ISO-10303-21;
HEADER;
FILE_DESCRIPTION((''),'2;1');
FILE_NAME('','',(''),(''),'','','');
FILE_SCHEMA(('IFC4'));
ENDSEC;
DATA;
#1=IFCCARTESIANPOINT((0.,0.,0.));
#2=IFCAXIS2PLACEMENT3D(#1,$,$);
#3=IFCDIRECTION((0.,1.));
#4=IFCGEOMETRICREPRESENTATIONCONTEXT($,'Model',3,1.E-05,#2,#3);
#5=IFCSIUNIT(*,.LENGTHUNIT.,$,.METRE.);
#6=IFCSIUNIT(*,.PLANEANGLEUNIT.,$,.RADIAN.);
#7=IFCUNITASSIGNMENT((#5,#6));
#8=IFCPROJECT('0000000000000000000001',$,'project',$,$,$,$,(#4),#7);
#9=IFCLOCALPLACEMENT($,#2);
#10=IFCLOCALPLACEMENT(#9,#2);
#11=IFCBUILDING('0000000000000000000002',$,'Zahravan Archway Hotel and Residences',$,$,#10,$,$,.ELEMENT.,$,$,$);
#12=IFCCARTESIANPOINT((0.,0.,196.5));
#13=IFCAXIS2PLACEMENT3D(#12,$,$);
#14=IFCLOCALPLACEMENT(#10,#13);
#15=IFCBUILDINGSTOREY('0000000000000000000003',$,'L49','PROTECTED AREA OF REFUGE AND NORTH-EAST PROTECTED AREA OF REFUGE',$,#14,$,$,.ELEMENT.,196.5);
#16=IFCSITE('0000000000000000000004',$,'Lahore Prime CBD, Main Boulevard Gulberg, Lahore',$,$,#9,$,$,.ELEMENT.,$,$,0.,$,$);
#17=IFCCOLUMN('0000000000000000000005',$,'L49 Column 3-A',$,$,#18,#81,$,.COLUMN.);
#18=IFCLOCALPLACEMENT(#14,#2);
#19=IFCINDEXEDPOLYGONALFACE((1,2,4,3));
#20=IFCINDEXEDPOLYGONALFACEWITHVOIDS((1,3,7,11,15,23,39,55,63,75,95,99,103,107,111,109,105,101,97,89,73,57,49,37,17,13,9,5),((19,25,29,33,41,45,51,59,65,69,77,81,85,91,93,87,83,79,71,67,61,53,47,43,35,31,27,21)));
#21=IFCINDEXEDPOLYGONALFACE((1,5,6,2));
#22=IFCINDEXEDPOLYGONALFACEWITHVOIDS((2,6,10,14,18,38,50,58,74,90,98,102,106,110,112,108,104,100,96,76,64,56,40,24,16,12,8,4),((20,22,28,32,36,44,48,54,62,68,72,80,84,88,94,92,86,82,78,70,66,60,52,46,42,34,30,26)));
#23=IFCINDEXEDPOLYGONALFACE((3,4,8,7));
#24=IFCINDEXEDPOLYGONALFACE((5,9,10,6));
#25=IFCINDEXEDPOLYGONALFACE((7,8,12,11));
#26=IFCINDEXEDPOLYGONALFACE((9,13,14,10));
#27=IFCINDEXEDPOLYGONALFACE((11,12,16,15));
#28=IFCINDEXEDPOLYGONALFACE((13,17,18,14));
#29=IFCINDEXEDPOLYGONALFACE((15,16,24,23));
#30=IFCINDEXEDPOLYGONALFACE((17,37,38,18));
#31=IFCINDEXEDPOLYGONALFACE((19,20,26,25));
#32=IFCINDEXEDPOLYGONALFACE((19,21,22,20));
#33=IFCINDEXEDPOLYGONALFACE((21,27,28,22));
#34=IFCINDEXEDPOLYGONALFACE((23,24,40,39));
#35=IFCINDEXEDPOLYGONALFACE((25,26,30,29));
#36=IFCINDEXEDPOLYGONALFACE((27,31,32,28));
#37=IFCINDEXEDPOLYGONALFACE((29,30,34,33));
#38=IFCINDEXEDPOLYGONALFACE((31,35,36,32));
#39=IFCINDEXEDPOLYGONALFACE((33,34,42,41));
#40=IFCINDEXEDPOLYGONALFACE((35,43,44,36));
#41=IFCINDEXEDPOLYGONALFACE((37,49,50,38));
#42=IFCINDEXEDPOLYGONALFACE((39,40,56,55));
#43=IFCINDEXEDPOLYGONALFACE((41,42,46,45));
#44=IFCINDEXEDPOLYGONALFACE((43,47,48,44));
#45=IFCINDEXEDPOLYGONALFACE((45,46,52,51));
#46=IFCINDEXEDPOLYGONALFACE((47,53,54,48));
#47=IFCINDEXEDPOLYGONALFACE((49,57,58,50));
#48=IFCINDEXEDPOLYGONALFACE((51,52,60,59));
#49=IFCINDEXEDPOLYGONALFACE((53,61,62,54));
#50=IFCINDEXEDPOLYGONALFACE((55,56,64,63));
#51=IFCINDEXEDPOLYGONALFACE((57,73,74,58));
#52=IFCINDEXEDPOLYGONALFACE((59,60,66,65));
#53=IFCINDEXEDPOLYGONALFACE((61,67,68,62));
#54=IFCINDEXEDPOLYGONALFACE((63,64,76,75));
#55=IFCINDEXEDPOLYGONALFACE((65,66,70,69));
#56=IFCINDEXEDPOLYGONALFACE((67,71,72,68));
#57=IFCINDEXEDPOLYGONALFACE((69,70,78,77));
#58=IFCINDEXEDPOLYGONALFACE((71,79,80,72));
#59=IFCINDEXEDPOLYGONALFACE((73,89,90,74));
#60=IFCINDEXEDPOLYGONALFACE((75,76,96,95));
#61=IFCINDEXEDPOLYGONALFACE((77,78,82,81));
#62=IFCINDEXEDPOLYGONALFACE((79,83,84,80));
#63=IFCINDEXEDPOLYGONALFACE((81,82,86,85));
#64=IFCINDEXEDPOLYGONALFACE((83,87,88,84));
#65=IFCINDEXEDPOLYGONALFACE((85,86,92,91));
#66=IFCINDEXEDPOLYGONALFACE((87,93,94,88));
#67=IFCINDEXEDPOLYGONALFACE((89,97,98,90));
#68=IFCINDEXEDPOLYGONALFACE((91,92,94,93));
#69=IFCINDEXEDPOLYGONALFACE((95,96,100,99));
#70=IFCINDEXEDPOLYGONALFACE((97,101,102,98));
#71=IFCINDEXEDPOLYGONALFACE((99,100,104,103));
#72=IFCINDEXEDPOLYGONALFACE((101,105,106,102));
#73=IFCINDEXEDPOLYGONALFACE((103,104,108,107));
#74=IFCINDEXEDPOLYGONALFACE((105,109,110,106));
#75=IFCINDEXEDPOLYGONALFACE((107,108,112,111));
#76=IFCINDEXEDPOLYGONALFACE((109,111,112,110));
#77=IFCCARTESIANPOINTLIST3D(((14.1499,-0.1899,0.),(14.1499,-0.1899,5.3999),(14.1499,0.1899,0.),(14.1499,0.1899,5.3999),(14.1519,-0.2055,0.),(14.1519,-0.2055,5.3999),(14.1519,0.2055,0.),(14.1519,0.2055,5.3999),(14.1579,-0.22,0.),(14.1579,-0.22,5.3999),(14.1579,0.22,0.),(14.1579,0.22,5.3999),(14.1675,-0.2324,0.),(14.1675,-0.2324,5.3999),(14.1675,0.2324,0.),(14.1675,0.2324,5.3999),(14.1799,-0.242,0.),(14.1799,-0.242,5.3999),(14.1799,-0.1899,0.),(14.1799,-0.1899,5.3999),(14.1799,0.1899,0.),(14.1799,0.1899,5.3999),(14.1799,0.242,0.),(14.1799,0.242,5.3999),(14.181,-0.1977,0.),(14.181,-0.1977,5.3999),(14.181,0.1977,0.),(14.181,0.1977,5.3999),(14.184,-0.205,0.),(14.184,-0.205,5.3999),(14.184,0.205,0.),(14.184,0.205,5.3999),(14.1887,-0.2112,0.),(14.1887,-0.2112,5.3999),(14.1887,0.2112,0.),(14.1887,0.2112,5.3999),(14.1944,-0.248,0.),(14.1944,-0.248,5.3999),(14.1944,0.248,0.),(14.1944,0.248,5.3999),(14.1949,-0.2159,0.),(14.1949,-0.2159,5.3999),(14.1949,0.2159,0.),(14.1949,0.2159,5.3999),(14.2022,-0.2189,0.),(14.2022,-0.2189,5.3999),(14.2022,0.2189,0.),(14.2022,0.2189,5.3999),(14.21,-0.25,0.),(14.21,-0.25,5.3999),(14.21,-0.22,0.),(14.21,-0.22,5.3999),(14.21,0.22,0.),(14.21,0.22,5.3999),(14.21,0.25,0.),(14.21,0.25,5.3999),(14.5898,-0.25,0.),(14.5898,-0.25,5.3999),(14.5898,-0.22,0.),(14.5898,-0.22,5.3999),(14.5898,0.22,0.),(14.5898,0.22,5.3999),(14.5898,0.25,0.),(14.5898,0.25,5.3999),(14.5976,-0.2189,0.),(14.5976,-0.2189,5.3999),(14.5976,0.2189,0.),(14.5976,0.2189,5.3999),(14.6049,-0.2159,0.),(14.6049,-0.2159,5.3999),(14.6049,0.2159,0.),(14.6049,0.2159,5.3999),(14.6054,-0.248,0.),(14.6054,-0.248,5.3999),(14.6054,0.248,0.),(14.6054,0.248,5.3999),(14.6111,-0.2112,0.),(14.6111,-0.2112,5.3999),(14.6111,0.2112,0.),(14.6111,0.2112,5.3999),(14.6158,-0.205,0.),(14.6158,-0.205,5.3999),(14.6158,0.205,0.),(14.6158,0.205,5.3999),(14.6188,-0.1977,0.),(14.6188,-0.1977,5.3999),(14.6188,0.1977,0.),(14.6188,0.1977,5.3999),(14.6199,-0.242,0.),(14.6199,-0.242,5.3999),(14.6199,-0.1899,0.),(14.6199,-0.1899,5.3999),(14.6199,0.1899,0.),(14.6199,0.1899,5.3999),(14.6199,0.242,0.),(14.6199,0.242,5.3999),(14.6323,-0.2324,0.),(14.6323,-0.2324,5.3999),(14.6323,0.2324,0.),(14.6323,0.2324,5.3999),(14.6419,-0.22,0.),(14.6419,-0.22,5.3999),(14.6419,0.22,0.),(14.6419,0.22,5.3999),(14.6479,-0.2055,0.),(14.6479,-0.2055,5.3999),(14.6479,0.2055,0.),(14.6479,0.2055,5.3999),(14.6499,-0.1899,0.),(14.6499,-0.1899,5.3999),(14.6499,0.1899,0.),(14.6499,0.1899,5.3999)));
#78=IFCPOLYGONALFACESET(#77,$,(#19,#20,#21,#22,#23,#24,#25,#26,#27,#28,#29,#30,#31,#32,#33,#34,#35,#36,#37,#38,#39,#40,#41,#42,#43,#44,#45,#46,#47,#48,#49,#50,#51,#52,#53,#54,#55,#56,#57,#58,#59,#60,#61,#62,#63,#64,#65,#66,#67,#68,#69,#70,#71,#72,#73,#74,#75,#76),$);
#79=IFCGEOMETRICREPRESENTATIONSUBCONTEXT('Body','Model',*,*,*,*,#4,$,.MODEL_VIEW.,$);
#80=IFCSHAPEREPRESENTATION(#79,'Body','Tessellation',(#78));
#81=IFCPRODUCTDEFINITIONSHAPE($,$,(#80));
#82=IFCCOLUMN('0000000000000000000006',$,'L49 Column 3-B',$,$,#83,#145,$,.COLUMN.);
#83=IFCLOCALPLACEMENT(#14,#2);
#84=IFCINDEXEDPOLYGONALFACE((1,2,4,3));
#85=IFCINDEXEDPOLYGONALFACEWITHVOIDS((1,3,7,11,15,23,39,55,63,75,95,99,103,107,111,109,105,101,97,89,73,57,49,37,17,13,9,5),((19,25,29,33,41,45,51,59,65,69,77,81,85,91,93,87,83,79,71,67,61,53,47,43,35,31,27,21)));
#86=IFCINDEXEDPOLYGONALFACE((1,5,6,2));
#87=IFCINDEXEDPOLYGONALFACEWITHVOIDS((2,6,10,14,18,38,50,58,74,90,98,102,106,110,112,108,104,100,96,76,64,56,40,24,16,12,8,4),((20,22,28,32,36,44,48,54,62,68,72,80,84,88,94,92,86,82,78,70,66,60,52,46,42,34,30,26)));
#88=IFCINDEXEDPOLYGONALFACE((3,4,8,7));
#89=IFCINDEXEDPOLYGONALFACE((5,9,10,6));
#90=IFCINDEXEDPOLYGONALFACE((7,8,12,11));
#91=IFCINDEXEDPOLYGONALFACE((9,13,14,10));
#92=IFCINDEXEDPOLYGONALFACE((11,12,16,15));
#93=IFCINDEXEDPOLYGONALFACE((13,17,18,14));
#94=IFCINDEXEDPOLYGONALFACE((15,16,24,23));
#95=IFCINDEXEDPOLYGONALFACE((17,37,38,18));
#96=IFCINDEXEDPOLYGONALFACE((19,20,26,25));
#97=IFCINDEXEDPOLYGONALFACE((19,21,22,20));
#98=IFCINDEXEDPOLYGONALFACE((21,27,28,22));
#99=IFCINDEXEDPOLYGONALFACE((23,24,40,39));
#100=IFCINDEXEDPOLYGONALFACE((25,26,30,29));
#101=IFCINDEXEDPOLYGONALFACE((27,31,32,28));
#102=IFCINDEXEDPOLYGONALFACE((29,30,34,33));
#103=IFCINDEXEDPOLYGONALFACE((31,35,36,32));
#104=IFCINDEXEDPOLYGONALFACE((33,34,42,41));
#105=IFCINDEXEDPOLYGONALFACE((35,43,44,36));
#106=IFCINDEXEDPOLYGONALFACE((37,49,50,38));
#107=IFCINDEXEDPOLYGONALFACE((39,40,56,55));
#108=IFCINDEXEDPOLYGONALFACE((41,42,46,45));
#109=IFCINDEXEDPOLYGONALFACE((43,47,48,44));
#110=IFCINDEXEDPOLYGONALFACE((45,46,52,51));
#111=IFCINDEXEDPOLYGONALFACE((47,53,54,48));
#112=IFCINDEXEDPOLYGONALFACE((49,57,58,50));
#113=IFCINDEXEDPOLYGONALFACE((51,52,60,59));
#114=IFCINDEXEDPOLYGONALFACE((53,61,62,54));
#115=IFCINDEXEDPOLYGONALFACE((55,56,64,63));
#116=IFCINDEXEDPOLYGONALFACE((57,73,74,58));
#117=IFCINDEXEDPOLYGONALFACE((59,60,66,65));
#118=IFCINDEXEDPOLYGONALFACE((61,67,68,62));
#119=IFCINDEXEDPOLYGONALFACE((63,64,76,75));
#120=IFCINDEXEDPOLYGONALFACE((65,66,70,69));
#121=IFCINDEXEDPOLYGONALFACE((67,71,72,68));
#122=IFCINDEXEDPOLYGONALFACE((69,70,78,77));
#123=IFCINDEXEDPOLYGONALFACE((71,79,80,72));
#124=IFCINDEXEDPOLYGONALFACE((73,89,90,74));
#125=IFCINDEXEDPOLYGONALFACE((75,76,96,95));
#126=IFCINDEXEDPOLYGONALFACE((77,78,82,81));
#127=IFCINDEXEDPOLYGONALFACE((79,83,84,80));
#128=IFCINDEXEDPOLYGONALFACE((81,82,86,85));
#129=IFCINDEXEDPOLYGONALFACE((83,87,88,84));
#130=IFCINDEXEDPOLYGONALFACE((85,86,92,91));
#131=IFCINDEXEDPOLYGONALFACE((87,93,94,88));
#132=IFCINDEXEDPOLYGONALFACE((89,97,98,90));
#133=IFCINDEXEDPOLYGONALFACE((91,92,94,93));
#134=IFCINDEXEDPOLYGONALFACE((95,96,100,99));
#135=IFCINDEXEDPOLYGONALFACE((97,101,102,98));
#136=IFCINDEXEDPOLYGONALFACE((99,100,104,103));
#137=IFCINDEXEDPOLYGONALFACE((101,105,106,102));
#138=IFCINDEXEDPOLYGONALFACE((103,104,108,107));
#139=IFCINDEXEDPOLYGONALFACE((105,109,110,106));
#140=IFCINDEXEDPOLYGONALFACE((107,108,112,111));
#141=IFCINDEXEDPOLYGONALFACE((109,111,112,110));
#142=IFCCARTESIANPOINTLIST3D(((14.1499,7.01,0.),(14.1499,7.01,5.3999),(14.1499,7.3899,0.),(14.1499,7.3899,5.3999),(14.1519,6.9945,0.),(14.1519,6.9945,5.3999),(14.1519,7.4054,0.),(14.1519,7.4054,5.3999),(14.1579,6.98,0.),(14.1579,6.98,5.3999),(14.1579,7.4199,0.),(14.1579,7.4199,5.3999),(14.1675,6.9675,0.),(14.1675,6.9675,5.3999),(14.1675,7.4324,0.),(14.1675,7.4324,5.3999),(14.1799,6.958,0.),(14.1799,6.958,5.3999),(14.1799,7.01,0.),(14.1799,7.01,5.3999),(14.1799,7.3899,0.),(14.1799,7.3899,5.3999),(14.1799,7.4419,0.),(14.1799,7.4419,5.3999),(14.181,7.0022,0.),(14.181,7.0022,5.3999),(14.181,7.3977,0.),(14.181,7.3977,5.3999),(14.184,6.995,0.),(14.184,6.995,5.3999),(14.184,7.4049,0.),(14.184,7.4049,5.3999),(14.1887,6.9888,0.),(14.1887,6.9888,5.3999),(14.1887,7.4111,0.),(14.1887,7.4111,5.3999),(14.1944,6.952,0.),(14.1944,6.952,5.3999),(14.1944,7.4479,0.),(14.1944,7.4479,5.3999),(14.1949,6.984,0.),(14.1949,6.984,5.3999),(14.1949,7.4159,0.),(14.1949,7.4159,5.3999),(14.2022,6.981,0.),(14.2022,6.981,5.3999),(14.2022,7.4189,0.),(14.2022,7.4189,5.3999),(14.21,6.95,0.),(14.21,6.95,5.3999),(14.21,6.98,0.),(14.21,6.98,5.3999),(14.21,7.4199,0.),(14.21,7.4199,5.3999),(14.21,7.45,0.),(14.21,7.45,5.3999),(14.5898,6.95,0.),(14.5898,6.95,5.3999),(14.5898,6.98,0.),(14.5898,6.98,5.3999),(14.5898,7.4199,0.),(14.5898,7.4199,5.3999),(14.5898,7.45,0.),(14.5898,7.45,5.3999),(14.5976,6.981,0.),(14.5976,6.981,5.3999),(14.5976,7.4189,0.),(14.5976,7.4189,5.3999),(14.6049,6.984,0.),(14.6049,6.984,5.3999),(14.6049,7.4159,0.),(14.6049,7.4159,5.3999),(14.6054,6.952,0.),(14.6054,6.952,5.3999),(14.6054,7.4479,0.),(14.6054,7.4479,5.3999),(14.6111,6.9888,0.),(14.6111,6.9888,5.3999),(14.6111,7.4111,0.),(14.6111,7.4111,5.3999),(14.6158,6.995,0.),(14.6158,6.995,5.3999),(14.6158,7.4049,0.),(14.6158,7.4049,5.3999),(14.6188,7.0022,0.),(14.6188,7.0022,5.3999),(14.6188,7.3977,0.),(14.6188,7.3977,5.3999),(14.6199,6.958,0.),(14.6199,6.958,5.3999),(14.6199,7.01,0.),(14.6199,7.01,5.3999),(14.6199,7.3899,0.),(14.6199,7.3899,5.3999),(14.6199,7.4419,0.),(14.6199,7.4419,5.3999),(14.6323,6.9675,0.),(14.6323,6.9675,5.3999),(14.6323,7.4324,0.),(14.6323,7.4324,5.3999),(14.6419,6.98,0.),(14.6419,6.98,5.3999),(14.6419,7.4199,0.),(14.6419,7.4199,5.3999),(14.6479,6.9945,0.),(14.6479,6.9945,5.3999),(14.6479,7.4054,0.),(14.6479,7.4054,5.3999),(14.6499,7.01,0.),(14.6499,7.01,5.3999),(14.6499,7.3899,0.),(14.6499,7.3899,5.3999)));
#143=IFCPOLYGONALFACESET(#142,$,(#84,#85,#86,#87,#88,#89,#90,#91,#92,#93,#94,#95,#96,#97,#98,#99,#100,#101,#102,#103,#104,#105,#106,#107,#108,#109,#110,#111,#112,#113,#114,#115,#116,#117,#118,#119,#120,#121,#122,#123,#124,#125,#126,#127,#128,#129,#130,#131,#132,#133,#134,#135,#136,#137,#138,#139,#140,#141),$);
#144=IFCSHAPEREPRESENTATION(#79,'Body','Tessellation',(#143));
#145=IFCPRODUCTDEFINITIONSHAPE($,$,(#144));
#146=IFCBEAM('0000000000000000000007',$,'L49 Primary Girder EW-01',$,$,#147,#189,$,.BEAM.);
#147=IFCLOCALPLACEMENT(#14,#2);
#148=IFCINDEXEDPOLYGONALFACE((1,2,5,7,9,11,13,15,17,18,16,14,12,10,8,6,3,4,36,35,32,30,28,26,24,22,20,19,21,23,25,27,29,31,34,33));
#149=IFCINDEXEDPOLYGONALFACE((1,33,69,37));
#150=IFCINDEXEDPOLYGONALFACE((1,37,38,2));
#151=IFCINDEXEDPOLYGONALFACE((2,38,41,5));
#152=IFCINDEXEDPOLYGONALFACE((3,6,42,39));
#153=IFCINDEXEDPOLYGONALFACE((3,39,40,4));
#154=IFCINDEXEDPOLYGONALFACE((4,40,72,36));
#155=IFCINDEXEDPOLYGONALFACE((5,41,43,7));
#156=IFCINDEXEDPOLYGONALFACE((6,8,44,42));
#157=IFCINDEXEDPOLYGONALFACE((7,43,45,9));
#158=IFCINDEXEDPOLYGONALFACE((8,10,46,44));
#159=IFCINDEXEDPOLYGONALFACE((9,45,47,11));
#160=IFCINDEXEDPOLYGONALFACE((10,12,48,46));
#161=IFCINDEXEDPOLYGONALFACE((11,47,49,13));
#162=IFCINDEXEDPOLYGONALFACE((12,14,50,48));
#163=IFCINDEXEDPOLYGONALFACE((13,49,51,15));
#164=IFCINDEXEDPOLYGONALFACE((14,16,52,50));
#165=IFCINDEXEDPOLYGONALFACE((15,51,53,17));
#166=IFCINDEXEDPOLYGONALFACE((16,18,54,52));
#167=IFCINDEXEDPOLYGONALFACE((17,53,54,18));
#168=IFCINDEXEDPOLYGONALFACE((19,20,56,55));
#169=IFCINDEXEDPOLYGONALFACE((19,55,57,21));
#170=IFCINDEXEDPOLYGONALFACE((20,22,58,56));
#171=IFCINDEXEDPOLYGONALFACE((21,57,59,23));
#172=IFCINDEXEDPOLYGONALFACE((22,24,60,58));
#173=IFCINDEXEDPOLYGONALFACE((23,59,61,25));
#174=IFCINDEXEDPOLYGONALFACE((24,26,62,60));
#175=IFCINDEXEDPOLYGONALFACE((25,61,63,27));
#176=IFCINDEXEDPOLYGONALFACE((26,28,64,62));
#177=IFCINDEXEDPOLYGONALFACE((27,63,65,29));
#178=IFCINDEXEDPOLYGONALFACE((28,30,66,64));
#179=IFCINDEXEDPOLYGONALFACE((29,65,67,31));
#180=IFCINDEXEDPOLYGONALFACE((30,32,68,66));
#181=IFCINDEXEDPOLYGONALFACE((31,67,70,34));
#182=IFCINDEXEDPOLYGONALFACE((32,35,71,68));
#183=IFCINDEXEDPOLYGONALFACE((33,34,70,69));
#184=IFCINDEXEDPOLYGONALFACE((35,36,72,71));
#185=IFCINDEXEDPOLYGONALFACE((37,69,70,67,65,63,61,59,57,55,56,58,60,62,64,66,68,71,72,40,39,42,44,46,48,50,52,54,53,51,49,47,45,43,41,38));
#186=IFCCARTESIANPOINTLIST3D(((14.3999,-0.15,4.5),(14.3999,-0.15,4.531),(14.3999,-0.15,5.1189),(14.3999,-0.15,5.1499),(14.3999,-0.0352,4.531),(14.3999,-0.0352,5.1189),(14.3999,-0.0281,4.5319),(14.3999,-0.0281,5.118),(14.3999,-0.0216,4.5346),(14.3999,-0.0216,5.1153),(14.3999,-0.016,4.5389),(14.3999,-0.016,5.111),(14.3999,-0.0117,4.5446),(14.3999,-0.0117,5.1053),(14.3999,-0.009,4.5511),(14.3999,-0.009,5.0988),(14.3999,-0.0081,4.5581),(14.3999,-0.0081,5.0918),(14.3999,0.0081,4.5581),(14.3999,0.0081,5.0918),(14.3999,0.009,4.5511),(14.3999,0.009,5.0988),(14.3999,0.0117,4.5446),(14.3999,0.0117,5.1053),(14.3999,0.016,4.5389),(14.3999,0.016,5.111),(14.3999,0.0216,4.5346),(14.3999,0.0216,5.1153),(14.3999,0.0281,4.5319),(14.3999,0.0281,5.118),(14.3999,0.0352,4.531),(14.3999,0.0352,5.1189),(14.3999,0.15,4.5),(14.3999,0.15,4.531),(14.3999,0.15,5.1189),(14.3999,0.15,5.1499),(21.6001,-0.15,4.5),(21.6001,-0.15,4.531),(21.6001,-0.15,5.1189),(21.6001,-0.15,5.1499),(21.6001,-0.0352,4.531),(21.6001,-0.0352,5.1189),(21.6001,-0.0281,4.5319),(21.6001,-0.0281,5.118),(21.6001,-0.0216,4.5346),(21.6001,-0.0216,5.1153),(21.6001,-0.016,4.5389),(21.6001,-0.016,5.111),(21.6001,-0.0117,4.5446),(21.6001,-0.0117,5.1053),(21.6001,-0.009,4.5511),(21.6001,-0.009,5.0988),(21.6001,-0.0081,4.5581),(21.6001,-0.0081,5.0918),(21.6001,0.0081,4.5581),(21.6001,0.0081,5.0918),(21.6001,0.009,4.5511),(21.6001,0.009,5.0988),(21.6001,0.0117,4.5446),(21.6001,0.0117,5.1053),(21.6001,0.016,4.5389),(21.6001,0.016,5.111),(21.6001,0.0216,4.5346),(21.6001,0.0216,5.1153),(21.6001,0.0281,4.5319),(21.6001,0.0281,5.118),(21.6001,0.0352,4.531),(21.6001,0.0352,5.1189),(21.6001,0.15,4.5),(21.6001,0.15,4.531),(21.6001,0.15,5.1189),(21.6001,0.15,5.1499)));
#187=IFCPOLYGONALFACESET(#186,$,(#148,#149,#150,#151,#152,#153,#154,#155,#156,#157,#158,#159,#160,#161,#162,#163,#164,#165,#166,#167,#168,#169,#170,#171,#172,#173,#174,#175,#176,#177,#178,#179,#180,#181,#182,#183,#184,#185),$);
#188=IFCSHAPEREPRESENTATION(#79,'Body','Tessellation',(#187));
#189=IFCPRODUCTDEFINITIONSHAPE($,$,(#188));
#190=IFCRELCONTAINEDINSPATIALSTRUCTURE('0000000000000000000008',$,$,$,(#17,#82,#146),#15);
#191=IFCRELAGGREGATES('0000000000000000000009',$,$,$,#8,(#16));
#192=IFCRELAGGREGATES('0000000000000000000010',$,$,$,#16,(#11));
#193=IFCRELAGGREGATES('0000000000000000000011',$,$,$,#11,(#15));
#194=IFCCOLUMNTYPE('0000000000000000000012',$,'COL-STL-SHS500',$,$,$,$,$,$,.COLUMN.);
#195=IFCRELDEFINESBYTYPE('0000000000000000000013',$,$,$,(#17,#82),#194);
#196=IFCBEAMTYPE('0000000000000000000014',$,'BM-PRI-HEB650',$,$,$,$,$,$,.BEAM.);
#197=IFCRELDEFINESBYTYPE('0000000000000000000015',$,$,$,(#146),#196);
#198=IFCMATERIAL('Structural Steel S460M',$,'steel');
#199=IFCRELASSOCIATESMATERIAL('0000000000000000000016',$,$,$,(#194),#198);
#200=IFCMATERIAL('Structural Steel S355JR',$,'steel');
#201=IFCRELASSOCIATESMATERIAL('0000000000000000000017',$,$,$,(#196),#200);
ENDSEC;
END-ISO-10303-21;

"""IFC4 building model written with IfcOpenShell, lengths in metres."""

from ifc_helpers import new_model, si_unit, direction, frame, origin, origin_2d, place, context, subcontext, project, spatial, hollow_rectangle, i_section, extrude, source, transform, mapped, material, material_profile, profile_set, type_object, type_shapes, element, save


model = new_model("IFC4")

# Units and contexts
model_context = context("Model", 3, precision=1e-05, world=origin(), true_north=direction((0.0, 1.0)))
body_context = subcontext(model_context, "Body", "Model", "MODEL_VIEW")
ifc_project = project(units=[si_unit("LENGTHUNIT", "METRE"), si_unit("PLANEANGLEUNIT", "RADIAN")], contexts=[model_context])

# Site, building, storey
site_placement = place(None, origin())
site = spatial("IfcSite", under=ifc_project, at=site_placement, Name="Lahore Prime CBD, Main Boulevard Gulberg, Lahore", CompositionType="ELEMENT", RefElevation=0.0)
building_placement = place(site_placement, origin())
building = spatial("IfcBuilding", under=site, at=building_placement, Name="Zahravan Archway Hotel and Residences", CompositionType="ELEMENT")
storey_placement = place(building_placement, frame((0.0, 0.0, 196.5)))
storey = spatial("IfcBuildingStorey", under=building, at=storey_placement, Name="L49", Description="PROTECTED AREA OF REFUGE AND NORTH-EAST PROTECTED AREA OF REFUGE", CompositionType="ELEMENT", Elevation=196.5)

# Columns
ifc_material_1 = material(Name="Structural Steel S460M", Category="steel")
ifc_material_profile_1 = material_profile(ifc_material_1, hollow_rectangle(XDim=0.5, YDim=0.5, WallThickness=0.03, InnerFilletRadius=0.03, OuterFilletRadius=0.0601, at=origin_2d()), Name="SHS 500x500x30", Category="steel")
ifc_profile_set_1 = profile_set([ifc_material_profile_1], Name="Structural Steel S460M")
column_type = type_object("IfcColumnType", Name="COL-STL-SHS500", PredefinedType="COLUMN", material=ifc_profile_set_1)
shared_shape_1 = source(origin(), body_context, "Body", "SweptSolid", [
    extrude(hollow_rectangle(XDim=0.5, YDim=0.5, WallThickness=0.03, InnerFilletRadius=0.03, OuterFilletRadius=0.0601, at=origin_2d()), origin(), (0.0, 0.0, 1.0), 5.3999),
])
type_shapes(column_type, [shared_shape_1])
for number, where, z_axis, x_axis, name in (
    (1, (14.3999, 0.0, 0.0), (0.0, 0.0, 1.0), (1.0, 0.0, 0.0), "L49 Column 3-A"),
    (2, (14.3999, 7.2, 0.0), (0.0, 0.0, 1.0), (1.0, 0.0, 0.0), "L49 Column 3-B"),
):
    element("IfcColumn", number, at=place(storey_placement, frame(where, z_axis=z_axis, x_axis=x_axis)), inside=storey, type_object=column_type, Name=name, PredefinedType="COLUMN", context=body_context, shape_type="MappedRepresentation", body=[
        mapped(shared_shape_1, transform((0.0, 0.0, 0.0), scale=1.0)),
    ])

# Beam
ifc_material_2 = material(Name="Structural Steel S355JR", Category="steel")
ifc_material_profile_2 = material_profile(ifc_material_2, i_section(OverallWidth=0.3, OverallDepth=0.6499, WebThickness=0.0161, FlangeThickness=0.031, FilletRadius=0.0271, at=origin_2d()), Name="HEB 650", Category="steel")
ifc_profile_set_2 = profile_set([ifc_material_profile_2], Name="Structural Steel S355JR")
beam_type_1 = type_object("IfcBeamType", Name="BM-PRI-HEB650", PredefinedType="BEAM", material=ifc_profile_set_2)
shared_shape_2 = source(origin(), body_context, "Body", "SweptSolid", [
    extrude(i_section(OverallWidth=0.3, OverallDepth=0.6499, WebThickness=0.0161, FlangeThickness=0.031, FilletRadius=0.0271, at=origin_2d()), origin(), (0.0, 0.0, 1.0), 7.2002),
])
type_shapes(beam_type_1, [shared_shape_2])
beam_1_placement = place(storey_placement, frame((14.3999, 0.0, 4.825), z_axis=(1.0, 0.0, 0.0), x_axis=(0.0, 1.0, 0.0)))
element("IfcBeam", 3, at=beam_1_placement, inside=storey, type_object=beam_type_1, Name="L49 Primary Girder EW-01", PredefinedType="BEAM", context=body_context, shape_type="MappedRepresentation", body=[
    mapped(shared_shape_2, transform((0.0, 0.0, 0.0), scale=1.0)),
])

save(model, "model.ifc")
